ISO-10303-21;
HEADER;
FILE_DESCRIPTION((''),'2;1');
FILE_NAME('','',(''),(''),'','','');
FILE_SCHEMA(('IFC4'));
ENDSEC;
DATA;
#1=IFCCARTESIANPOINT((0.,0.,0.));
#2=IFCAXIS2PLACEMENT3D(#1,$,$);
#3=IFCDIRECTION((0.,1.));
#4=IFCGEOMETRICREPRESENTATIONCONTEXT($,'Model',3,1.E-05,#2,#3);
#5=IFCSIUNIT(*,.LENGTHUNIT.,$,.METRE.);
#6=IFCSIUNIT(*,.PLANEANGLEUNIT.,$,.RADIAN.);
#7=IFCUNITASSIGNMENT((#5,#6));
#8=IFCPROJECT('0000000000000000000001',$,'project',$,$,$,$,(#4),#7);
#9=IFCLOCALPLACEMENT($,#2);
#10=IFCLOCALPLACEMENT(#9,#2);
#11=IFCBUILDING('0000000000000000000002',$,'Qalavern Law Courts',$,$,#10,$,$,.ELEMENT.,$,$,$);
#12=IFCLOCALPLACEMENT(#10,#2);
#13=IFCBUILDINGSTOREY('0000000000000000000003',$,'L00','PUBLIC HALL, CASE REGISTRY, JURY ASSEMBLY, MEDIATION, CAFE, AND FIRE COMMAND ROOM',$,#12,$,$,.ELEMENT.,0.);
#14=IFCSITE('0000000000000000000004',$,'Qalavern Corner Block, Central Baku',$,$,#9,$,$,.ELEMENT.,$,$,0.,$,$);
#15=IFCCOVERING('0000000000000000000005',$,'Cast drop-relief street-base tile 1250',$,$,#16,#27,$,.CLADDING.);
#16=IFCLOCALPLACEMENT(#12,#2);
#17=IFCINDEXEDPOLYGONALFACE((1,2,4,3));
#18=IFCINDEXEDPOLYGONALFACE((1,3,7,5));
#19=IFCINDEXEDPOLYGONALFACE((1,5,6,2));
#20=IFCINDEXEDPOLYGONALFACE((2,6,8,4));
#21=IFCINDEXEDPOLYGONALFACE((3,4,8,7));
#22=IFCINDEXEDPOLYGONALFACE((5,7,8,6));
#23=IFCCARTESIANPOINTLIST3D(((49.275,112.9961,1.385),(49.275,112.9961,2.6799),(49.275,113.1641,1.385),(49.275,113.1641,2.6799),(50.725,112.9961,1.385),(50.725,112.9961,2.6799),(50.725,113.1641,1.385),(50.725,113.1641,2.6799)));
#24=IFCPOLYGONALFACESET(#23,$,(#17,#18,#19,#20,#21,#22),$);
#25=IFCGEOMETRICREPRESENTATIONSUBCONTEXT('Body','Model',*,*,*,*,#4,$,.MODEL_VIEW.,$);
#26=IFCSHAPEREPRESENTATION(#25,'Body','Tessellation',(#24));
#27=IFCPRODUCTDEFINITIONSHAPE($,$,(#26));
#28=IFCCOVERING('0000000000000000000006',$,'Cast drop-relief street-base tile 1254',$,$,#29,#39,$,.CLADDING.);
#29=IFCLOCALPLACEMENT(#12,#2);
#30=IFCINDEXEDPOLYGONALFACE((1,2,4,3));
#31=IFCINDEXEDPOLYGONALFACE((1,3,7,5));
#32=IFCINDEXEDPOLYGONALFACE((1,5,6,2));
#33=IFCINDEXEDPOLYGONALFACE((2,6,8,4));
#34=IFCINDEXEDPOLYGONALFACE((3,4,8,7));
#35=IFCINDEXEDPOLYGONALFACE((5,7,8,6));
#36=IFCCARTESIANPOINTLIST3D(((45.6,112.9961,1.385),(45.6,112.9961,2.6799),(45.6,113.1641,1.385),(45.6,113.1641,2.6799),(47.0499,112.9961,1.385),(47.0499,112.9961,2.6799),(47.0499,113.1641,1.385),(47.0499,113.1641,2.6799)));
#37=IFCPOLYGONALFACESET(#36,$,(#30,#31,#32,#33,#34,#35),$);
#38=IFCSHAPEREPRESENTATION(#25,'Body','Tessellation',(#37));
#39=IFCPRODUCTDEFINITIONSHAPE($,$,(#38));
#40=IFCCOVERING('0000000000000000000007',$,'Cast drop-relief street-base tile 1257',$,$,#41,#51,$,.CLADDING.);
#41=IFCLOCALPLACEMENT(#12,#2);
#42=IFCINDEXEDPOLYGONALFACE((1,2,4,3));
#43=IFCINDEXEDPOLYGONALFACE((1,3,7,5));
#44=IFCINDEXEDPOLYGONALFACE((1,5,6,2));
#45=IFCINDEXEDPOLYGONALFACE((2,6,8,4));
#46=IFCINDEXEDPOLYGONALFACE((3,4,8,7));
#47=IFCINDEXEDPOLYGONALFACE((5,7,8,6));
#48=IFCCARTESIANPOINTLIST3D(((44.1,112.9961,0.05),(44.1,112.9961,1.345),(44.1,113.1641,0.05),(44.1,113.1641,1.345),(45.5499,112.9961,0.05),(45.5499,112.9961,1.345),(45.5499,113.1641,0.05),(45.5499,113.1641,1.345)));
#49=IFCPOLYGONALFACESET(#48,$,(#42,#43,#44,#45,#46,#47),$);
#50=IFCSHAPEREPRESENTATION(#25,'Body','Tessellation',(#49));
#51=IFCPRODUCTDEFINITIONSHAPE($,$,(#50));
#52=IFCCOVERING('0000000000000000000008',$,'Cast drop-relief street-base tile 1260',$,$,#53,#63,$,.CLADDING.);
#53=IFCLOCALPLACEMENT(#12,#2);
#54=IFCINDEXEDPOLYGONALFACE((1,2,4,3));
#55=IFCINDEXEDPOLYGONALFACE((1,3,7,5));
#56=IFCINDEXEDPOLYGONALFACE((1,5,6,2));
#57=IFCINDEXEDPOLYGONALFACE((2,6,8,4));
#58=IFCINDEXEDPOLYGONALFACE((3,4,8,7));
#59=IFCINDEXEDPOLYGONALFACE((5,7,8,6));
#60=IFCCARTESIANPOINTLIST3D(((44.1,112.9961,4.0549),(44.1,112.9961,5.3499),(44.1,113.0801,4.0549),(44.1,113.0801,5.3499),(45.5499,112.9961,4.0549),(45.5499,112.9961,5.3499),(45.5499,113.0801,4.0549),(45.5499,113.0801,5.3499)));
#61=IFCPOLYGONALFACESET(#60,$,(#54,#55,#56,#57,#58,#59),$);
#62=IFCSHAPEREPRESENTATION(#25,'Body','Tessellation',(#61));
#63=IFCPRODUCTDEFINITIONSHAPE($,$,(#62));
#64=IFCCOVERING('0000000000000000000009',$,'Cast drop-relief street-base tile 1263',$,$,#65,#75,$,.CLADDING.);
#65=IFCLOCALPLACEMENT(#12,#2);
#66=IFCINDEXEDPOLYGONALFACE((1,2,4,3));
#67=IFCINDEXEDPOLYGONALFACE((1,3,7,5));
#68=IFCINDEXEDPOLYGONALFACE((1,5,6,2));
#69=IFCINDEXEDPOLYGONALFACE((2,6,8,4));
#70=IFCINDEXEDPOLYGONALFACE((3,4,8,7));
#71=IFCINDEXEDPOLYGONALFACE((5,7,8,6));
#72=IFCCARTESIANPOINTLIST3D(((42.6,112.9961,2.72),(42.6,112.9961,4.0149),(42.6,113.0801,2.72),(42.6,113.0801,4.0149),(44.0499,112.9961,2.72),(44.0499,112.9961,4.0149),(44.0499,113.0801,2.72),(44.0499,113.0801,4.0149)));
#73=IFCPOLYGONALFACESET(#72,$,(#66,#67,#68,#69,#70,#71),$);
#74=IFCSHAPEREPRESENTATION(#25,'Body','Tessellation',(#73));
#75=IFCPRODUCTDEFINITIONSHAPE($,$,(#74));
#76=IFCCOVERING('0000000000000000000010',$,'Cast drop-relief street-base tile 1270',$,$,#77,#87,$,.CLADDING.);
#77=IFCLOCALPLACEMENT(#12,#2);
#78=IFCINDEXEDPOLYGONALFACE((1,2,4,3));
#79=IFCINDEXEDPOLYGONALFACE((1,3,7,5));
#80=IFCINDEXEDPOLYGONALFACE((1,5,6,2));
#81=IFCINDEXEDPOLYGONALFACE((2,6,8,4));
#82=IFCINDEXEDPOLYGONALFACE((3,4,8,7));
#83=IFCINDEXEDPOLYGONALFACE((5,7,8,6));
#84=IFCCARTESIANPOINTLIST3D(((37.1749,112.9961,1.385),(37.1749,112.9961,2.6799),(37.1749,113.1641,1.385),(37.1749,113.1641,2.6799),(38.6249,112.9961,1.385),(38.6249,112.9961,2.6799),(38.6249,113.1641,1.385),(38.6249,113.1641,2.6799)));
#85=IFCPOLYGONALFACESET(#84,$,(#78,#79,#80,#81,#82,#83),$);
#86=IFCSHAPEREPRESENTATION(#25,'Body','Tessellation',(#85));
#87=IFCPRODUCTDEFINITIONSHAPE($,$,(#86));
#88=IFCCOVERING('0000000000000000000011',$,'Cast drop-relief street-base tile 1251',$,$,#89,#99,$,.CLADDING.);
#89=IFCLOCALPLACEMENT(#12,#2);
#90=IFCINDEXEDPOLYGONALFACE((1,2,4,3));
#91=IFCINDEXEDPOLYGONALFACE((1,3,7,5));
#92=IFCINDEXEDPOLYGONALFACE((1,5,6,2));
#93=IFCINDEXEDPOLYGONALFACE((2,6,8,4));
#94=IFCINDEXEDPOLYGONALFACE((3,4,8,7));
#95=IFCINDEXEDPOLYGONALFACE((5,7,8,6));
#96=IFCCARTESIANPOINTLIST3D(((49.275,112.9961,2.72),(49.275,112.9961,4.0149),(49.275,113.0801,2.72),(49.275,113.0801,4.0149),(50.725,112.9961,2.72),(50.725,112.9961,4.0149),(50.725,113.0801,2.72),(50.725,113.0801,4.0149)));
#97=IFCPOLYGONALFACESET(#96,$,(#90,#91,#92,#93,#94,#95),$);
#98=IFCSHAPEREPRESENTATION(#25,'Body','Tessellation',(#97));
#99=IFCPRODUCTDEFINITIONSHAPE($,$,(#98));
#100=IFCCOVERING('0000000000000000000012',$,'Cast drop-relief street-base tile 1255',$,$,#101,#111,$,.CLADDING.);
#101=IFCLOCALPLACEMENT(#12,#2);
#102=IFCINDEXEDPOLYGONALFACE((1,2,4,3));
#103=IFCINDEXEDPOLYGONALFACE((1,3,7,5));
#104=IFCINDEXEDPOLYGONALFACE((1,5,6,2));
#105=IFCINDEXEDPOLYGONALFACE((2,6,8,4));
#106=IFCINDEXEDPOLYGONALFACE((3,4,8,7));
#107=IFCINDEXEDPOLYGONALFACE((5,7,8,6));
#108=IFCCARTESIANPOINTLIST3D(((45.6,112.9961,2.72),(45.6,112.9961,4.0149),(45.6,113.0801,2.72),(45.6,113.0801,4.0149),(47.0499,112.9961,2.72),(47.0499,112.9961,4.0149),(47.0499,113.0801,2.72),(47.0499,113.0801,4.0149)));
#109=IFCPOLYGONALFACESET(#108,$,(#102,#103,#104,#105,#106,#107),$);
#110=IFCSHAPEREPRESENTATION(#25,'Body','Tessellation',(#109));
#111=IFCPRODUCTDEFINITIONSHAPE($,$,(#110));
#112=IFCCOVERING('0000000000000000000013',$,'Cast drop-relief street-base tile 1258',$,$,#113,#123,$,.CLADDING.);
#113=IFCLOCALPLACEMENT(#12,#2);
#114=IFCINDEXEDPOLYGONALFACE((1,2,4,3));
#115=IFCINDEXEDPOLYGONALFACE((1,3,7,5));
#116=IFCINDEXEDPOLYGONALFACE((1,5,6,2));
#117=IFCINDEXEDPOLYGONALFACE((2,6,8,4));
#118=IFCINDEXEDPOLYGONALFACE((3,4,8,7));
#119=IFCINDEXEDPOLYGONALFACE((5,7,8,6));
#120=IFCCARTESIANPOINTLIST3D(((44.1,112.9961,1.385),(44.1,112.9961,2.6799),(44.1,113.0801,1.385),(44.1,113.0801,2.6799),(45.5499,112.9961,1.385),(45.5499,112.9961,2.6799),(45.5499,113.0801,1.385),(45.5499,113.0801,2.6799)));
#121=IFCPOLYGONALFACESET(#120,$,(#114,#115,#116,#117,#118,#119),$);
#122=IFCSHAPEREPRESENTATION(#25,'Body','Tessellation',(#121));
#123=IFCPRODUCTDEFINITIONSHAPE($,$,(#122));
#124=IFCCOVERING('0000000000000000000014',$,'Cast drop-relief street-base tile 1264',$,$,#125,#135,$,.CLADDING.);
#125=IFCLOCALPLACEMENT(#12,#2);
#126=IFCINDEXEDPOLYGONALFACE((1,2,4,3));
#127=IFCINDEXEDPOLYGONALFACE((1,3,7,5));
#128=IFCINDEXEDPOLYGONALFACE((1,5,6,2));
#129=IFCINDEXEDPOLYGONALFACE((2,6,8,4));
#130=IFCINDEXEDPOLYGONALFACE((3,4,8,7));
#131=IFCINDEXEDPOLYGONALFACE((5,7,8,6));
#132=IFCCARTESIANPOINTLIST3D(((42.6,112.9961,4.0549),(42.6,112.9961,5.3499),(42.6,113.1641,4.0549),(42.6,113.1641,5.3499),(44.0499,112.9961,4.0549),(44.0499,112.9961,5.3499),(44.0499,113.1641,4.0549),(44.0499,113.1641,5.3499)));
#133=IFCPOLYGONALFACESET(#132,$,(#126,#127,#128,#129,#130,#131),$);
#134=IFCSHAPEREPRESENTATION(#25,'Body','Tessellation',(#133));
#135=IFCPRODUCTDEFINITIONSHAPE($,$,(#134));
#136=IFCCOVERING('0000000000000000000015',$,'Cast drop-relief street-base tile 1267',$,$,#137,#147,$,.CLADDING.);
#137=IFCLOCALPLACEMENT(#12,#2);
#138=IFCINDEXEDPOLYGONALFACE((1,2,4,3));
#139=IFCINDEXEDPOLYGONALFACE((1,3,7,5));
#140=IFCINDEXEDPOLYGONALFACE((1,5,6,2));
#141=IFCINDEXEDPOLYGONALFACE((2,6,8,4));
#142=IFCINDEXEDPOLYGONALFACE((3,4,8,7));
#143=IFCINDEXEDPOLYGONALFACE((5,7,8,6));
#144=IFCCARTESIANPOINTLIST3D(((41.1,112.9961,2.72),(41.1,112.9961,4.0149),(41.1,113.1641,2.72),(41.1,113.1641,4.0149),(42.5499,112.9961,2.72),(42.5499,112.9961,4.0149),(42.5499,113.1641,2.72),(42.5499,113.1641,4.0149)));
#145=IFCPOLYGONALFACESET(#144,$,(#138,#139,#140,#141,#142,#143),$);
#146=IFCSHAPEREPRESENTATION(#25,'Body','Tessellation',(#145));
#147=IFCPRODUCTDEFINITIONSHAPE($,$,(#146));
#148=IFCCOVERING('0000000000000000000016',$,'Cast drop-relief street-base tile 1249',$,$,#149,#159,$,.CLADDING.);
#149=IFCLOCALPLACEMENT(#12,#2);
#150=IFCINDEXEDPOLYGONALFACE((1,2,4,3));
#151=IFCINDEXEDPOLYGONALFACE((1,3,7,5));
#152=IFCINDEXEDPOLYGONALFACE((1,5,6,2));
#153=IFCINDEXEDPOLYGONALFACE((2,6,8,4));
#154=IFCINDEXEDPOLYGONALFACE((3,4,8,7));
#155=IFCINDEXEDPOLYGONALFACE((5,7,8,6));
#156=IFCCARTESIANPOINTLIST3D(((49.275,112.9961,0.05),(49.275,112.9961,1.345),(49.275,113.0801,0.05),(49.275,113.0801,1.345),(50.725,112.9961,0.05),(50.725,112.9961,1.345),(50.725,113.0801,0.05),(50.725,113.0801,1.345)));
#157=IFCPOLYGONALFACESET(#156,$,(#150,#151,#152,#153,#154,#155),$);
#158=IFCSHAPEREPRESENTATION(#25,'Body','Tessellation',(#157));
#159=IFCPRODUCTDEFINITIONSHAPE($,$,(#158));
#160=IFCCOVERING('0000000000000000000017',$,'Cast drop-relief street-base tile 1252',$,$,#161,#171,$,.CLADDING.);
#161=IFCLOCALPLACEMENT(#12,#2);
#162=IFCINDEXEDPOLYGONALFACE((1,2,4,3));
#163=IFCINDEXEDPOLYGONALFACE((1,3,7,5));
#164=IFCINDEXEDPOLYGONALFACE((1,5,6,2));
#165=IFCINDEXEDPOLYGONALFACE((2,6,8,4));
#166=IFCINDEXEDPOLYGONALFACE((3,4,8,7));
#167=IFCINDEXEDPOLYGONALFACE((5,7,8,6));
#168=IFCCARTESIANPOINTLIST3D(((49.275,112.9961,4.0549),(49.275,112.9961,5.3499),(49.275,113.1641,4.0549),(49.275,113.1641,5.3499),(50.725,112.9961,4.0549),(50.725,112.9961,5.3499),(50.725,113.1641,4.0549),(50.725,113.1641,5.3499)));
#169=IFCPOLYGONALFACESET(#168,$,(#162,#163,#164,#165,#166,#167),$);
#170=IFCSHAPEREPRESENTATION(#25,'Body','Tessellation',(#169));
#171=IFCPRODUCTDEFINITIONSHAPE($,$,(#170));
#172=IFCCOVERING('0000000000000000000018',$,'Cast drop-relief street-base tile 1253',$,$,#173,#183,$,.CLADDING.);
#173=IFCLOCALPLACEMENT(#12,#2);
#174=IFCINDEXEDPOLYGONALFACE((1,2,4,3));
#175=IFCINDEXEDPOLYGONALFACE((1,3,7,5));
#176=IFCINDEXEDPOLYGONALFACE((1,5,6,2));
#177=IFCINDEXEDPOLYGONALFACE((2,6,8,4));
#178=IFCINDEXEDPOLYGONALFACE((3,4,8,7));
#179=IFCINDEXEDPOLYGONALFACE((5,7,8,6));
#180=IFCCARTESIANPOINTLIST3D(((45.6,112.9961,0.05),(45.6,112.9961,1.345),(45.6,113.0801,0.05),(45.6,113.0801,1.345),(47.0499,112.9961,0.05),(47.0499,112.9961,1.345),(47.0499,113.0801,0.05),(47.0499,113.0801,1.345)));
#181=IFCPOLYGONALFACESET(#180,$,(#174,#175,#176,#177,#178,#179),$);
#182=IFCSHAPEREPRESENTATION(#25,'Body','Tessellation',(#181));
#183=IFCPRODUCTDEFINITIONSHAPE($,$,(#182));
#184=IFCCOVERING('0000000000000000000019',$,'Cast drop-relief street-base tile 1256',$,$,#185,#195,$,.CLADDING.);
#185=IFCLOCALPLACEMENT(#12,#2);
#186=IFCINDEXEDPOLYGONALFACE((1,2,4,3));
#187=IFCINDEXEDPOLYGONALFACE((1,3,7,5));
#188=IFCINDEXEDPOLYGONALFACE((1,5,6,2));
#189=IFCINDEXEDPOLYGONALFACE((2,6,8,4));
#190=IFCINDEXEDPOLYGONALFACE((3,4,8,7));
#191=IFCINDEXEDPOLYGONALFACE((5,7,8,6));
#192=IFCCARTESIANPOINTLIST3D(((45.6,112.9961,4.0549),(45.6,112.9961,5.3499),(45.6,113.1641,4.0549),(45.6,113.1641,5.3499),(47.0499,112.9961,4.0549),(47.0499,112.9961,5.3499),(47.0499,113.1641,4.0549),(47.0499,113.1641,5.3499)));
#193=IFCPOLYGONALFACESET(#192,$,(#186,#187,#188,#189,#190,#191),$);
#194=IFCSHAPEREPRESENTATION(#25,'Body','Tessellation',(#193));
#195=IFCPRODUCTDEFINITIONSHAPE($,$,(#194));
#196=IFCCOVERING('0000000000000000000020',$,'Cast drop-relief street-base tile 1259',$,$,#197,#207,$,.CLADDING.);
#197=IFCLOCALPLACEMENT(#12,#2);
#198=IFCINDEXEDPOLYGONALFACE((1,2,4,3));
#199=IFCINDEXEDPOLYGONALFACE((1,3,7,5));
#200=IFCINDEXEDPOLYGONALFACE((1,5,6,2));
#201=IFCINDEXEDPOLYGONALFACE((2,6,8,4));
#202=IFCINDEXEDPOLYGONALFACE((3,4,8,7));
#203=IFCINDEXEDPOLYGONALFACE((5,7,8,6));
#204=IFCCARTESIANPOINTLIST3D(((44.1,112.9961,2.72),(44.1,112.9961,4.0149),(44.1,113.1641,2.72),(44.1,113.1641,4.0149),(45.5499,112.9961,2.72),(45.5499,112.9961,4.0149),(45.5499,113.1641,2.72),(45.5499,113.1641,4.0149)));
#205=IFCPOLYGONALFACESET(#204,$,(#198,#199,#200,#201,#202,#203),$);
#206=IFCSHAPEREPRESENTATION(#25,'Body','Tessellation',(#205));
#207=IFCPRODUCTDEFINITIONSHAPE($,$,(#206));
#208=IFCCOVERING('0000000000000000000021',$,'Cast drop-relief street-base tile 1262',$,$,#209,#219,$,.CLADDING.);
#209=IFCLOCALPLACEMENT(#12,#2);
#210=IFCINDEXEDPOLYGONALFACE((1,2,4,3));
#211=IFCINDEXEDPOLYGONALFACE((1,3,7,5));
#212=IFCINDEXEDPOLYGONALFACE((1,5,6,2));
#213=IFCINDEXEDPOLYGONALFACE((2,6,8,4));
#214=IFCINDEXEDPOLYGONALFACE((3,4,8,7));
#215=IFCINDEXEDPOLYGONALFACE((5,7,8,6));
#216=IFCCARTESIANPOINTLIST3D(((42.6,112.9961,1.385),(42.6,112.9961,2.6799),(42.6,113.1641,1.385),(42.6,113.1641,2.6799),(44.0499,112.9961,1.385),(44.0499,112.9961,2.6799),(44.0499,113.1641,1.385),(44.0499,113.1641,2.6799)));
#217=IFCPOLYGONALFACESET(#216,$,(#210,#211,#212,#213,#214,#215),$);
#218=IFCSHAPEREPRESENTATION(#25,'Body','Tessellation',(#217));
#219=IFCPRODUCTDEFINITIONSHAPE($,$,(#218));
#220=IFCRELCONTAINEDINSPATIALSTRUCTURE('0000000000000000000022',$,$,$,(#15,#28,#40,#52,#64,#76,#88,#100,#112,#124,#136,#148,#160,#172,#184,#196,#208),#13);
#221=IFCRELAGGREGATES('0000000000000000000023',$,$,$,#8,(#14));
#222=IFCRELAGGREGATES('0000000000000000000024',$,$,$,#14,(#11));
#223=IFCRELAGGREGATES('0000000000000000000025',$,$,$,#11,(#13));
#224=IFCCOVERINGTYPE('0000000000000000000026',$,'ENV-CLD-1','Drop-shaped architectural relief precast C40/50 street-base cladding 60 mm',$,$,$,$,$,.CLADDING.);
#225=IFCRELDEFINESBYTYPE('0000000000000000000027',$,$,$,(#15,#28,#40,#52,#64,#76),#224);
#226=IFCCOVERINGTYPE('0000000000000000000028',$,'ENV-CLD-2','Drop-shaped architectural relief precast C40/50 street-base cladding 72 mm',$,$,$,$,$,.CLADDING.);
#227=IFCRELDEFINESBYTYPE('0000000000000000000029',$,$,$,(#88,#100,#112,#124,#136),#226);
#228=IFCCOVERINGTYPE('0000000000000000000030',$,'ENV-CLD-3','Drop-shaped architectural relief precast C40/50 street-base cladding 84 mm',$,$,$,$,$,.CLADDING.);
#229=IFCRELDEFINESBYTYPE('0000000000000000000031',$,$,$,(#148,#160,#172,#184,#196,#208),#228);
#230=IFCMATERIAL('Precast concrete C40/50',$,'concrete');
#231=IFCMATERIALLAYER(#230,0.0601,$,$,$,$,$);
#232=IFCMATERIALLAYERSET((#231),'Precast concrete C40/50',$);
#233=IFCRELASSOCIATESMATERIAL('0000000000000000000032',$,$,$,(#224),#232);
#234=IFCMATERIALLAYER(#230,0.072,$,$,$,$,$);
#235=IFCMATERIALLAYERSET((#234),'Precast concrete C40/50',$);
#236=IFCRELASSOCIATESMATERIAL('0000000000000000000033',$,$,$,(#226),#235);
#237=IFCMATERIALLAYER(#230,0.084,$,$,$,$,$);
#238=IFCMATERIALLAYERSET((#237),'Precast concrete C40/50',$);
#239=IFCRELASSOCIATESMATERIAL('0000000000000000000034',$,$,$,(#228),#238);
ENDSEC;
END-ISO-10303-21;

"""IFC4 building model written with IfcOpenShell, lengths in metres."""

from ifc_helpers import new_model, si_unit, direction, frame, origin, origin_2d, place, context, subcontext, project, spatial, rectangle, extrude, material, layer, layer_set, type_object, element, save


model = new_model("IFC4")

# Units and contexts
model_context = context("Model", 3, precision=1e-05, world=origin(), true_north=direction((0.0, 1.0)))
body_context = subcontext(model_context, "Body", "Model", "MODEL_VIEW")
ifc_project = project(units=[si_unit("LENGTHUNIT", "METRE"), si_unit("PLANEANGLEUNIT", "RADIAN")], contexts=[model_context])

# Site, building, storey
site_placement = place(None, origin())
site = spatial("IfcSite", under=ifc_project, at=site_placement, Name="Qalavern Corner Block, Central Baku", CompositionType="ELEMENT", RefElevation=0.0)
building_placement = place(site_placement, origin())
building = spatial("IfcBuilding", under=site, at=building_placement, Name="Qalavern Law Courts", CompositionType="ELEMENT")
storey_placement = place(building_placement, origin())
storey = spatial("IfcBuildingStorey", under=building, at=storey_placement, Name="L00", Description="PUBLIC HALL, CASE REGISTRY, JURY ASSEMBLY, MEDIATION, CAFE, AND FIRE COMMAND ROOM", CompositionType="ELEMENT", Elevation=0.0)

# Coverings
ifc_material = material(Name="Precast concrete C40/50", Category="concrete")
ifc_layer_1 = layer(ifc_material, 0.0601)
ifc_layer_set_1 = layer_set([ifc_layer_1], Name="Precast concrete C40/50")
covering_type_1 = type_object("IfcCoveringType", Name="ENV-CLD-1", Description="Drop-shaped architectural relief precast C40/50 street-base cladding 60 mm", PredefinedType="CLADDING", material=ifc_layer_set_1)
for number, where, z_axis, x_axis, name in (
    (1, (50.0, 113.0801, 1.385), (0.0, 0.0, 1.0), (-1.0, 0.0, 0.0), "Cast drop-relief street-base tile 1250"),
    (2, (46.325, 113.0801, 1.385), (0.0, 0.0, 1.0), (-1.0, 0.0, 0.0), "Cast drop-relief street-base tile 1254"),
    (3, (44.825, 113.0801, 0.05), (0.0, 0.0, 1.0), (-1.0, 0.0, 0.0), "Cast drop-relief street-base tile 1257"),
):
    element("IfcCovering", number, at=place(storey_placement, frame(where, z_axis=z_axis, x_axis=x_axis)), inside=storey, type_object=covering_type_1, Name=name, PredefinedType="CLADDING", context=body_context, shape_type="SweptSolid", body=[
        extrude(rectangle(XDim=1.45, YDim=0.168, at=origin_2d()), origin(), (0.0, 0.0, 1.0), 1.2949),
    ])
for number, where, z_axis, x_axis, name in (
    (4, (44.825, 113.0381, 4.0549), (0.0, 0.0, 1.0), (-1.0, 0.0, 0.0), "Cast drop-relief street-base tile 1260"),
    (5, (43.325, 113.0381, 2.72), (0.0, 0.0, 1.0), (-1.0, 0.0, 0.0), "Cast drop-relief street-base tile 1263"),
):
    element("IfcCovering", number, at=place(storey_placement, frame(where, z_axis=z_axis, x_axis=x_axis)), inside=storey, type_object=covering_type_1, Name=name, PredefinedType="CLADDING", context=body_context, shape_type="SweptSolid", body=[
        extrude(rectangle(XDim=1.45, YDim=0.084, at=origin_2d()), origin(), (0.0, 0.0, 1.0), 1.2949),
    ])
covering_1_placement = place(storey_placement, frame((37.8999, 113.0801, 1.385), z_axis=(0.0, 0.0, 1.0), x_axis=(-1.0, 0.0, 0.0)))
element("IfcCovering", 6, at=covering_1_placement, inside=storey, type_object=covering_type_1, Name="Cast drop-relief street-base tile 1270", PredefinedType="CLADDING", context=body_context, shape_type="SweptSolid", body=[
    extrude(rectangle(XDim=1.45, YDim=0.168, at=origin_2d()), origin(), (0.0, 0.0, 1.0), 1.2949),
])
ifc_layer_2 = layer(ifc_material, 0.072)
ifc_layer_set_2 = layer_set([ifc_layer_2], Name="Precast concrete C40/50")
covering_type_2 = type_object("IfcCoveringType", Name="ENV-CLD-2", Description="Drop-shaped architectural relief precast C40/50 street-base cladding 72 mm", PredefinedType="CLADDING", material=ifc_layer_set_2)
for number, where, z_axis, x_axis, name in (
    (7, (50.0, 113.0381, 2.72), (0.0, 0.0, 1.0), (-1.0, 0.0, 0.0), "Cast drop-relief street-base tile 1251"),
    (8, (46.325, 113.0381, 2.72), (0.0, 0.0, 1.0), (-1.0, 0.0, 0.0), "Cast drop-relief street-base tile 1255"),
    (9, (44.825, 113.0381, 1.385), (0.0, 0.0, 1.0), (-1.0, 0.0, 0.0), "Cast drop-relief street-base tile 1258"),
):
    element("IfcCovering", number, at=place(storey_placement, frame(where, z_axis=z_axis, x_axis=x_axis)), inside=storey, type_object=covering_type_2, Name=name, PredefinedType="CLADDING", context=body_context, shape_type="SweptSolid", body=[
        extrude(rectangle(XDim=1.45, YDim=0.084, at=origin_2d()), origin(), (0.0, 0.0, 1.0), 1.2949),
    ])
for number, where, z_axis, x_axis, name in (
    (10, (43.325, 113.0801, 4.0549), (0.0, 0.0, 1.0), (-1.0, 0.0, 0.0), "Cast drop-relief street-base tile 1264"),
    (11, (41.825, 113.0801, 2.72), (0.0, 0.0, 1.0), (-1.0, 0.0, 0.0), "Cast drop-relief street-base tile 1267"),
):
    element("IfcCovering", number, at=place(storey_placement, frame(where, z_axis=z_axis, x_axis=x_axis)), inside=storey, type_object=covering_type_2, Name=name, PredefinedType="CLADDING", context=body_context, shape_type="SweptSolid", body=[
        extrude(rectangle(XDim=1.45, YDim=0.168, at=origin_2d()), origin(), (0.0, 0.0, 1.0), 1.2949),
    ])
ifc_layer_3 = layer(ifc_material, 0.084)
ifc_layer_set_3 = layer_set([ifc_layer_3], Name="Precast concrete C40/50")
covering_type_3 = type_object("IfcCoveringType", Name="ENV-CLD-3", Description="Drop-shaped architectural relief precast C40/50 street-base cladding 84 mm", PredefinedType="CLADDING", material=ifc_layer_set_3)
covering_2_placement = place(storey_placement, frame((50.0, 113.0381, 0.05), z_axis=(0.0, 0.0, 1.0), x_axis=(-1.0, 0.0, 0.0)))
element("IfcCovering", 12, at=covering_2_placement, inside=storey, type_object=covering_type_3, Name="Cast drop-relief street-base tile 1249", PredefinedType="CLADDING", context=body_context, shape_type="SweptSolid", body=[
    extrude(rectangle(XDim=1.45, YDim=0.084, at=origin_2d()), origin(), (0.0, 0.0, 1.0), 1.2949),
])
covering_3_placement = place(storey_placement, frame((50.0, 113.0801, 4.0549), z_axis=(0.0, 0.0, 1.0), x_axis=(-1.0, 0.0, 0.0)))
element("IfcCovering", 13, at=covering_3_placement, inside=storey, type_object=covering_type_3, Name="Cast drop-relief street-base tile 1252", PredefinedType="CLADDING", context=body_context, shape_type="SweptSolid", body=[
    extrude(rectangle(XDim=1.45, YDim=0.168, at=origin_2d()), origin(), (0.0, 0.0, 1.0), 1.2949),
])
covering_4_placement = place(storey_placement, frame((46.325, 113.0381, 0.05), z_axis=(0.0, 0.0, 1.0), x_axis=(-1.0, 0.0, 0.0)))
element("IfcCovering", 14, at=covering_4_placement, inside=storey, type_object=covering_type_3, Name="Cast drop-relief street-base tile 1253", PredefinedType="CLADDING", context=body_context, shape_type="SweptSolid", body=[
    extrude(rectangle(XDim=1.45, YDim=0.084, at=origin_2d()), origin(), (0.0, 0.0, 1.0), 1.2949),
])
for number, where, z_axis, x_axis, name in (
    (15, (46.325, 113.0801, 4.0549), (0.0, 0.0, 1.0), (-1.0, 0.0, 0.0), "Cast drop-relief street-base tile 1256"),
    (16, (44.825, 113.0801, 2.72), (0.0, 0.0, 1.0), (-1.0, 0.0, 0.0), "Cast drop-relief street-base tile 1259"),
    (17, (43.325, 113.0801, 1.385), (0.0, 0.0, 1.0), (-1.0, 0.0, 0.0), "Cast drop-relief street-base tile 1262"),
):
    element("IfcCovering", number, at=place(storey_placement, frame(where, z_axis=z_axis, x_axis=x_axis)), inside=storey, type_object=covering_type_3, Name=name, PredefinedType="CLADDING", context=body_context, shape_type="SweptSolid", body=[
        extrude(rectangle(XDim=1.45, YDim=0.168, at=origin_2d()), origin(), (0.0, 0.0, 1.0), 1.2949),
    ])

save(model, "model.ifc")
